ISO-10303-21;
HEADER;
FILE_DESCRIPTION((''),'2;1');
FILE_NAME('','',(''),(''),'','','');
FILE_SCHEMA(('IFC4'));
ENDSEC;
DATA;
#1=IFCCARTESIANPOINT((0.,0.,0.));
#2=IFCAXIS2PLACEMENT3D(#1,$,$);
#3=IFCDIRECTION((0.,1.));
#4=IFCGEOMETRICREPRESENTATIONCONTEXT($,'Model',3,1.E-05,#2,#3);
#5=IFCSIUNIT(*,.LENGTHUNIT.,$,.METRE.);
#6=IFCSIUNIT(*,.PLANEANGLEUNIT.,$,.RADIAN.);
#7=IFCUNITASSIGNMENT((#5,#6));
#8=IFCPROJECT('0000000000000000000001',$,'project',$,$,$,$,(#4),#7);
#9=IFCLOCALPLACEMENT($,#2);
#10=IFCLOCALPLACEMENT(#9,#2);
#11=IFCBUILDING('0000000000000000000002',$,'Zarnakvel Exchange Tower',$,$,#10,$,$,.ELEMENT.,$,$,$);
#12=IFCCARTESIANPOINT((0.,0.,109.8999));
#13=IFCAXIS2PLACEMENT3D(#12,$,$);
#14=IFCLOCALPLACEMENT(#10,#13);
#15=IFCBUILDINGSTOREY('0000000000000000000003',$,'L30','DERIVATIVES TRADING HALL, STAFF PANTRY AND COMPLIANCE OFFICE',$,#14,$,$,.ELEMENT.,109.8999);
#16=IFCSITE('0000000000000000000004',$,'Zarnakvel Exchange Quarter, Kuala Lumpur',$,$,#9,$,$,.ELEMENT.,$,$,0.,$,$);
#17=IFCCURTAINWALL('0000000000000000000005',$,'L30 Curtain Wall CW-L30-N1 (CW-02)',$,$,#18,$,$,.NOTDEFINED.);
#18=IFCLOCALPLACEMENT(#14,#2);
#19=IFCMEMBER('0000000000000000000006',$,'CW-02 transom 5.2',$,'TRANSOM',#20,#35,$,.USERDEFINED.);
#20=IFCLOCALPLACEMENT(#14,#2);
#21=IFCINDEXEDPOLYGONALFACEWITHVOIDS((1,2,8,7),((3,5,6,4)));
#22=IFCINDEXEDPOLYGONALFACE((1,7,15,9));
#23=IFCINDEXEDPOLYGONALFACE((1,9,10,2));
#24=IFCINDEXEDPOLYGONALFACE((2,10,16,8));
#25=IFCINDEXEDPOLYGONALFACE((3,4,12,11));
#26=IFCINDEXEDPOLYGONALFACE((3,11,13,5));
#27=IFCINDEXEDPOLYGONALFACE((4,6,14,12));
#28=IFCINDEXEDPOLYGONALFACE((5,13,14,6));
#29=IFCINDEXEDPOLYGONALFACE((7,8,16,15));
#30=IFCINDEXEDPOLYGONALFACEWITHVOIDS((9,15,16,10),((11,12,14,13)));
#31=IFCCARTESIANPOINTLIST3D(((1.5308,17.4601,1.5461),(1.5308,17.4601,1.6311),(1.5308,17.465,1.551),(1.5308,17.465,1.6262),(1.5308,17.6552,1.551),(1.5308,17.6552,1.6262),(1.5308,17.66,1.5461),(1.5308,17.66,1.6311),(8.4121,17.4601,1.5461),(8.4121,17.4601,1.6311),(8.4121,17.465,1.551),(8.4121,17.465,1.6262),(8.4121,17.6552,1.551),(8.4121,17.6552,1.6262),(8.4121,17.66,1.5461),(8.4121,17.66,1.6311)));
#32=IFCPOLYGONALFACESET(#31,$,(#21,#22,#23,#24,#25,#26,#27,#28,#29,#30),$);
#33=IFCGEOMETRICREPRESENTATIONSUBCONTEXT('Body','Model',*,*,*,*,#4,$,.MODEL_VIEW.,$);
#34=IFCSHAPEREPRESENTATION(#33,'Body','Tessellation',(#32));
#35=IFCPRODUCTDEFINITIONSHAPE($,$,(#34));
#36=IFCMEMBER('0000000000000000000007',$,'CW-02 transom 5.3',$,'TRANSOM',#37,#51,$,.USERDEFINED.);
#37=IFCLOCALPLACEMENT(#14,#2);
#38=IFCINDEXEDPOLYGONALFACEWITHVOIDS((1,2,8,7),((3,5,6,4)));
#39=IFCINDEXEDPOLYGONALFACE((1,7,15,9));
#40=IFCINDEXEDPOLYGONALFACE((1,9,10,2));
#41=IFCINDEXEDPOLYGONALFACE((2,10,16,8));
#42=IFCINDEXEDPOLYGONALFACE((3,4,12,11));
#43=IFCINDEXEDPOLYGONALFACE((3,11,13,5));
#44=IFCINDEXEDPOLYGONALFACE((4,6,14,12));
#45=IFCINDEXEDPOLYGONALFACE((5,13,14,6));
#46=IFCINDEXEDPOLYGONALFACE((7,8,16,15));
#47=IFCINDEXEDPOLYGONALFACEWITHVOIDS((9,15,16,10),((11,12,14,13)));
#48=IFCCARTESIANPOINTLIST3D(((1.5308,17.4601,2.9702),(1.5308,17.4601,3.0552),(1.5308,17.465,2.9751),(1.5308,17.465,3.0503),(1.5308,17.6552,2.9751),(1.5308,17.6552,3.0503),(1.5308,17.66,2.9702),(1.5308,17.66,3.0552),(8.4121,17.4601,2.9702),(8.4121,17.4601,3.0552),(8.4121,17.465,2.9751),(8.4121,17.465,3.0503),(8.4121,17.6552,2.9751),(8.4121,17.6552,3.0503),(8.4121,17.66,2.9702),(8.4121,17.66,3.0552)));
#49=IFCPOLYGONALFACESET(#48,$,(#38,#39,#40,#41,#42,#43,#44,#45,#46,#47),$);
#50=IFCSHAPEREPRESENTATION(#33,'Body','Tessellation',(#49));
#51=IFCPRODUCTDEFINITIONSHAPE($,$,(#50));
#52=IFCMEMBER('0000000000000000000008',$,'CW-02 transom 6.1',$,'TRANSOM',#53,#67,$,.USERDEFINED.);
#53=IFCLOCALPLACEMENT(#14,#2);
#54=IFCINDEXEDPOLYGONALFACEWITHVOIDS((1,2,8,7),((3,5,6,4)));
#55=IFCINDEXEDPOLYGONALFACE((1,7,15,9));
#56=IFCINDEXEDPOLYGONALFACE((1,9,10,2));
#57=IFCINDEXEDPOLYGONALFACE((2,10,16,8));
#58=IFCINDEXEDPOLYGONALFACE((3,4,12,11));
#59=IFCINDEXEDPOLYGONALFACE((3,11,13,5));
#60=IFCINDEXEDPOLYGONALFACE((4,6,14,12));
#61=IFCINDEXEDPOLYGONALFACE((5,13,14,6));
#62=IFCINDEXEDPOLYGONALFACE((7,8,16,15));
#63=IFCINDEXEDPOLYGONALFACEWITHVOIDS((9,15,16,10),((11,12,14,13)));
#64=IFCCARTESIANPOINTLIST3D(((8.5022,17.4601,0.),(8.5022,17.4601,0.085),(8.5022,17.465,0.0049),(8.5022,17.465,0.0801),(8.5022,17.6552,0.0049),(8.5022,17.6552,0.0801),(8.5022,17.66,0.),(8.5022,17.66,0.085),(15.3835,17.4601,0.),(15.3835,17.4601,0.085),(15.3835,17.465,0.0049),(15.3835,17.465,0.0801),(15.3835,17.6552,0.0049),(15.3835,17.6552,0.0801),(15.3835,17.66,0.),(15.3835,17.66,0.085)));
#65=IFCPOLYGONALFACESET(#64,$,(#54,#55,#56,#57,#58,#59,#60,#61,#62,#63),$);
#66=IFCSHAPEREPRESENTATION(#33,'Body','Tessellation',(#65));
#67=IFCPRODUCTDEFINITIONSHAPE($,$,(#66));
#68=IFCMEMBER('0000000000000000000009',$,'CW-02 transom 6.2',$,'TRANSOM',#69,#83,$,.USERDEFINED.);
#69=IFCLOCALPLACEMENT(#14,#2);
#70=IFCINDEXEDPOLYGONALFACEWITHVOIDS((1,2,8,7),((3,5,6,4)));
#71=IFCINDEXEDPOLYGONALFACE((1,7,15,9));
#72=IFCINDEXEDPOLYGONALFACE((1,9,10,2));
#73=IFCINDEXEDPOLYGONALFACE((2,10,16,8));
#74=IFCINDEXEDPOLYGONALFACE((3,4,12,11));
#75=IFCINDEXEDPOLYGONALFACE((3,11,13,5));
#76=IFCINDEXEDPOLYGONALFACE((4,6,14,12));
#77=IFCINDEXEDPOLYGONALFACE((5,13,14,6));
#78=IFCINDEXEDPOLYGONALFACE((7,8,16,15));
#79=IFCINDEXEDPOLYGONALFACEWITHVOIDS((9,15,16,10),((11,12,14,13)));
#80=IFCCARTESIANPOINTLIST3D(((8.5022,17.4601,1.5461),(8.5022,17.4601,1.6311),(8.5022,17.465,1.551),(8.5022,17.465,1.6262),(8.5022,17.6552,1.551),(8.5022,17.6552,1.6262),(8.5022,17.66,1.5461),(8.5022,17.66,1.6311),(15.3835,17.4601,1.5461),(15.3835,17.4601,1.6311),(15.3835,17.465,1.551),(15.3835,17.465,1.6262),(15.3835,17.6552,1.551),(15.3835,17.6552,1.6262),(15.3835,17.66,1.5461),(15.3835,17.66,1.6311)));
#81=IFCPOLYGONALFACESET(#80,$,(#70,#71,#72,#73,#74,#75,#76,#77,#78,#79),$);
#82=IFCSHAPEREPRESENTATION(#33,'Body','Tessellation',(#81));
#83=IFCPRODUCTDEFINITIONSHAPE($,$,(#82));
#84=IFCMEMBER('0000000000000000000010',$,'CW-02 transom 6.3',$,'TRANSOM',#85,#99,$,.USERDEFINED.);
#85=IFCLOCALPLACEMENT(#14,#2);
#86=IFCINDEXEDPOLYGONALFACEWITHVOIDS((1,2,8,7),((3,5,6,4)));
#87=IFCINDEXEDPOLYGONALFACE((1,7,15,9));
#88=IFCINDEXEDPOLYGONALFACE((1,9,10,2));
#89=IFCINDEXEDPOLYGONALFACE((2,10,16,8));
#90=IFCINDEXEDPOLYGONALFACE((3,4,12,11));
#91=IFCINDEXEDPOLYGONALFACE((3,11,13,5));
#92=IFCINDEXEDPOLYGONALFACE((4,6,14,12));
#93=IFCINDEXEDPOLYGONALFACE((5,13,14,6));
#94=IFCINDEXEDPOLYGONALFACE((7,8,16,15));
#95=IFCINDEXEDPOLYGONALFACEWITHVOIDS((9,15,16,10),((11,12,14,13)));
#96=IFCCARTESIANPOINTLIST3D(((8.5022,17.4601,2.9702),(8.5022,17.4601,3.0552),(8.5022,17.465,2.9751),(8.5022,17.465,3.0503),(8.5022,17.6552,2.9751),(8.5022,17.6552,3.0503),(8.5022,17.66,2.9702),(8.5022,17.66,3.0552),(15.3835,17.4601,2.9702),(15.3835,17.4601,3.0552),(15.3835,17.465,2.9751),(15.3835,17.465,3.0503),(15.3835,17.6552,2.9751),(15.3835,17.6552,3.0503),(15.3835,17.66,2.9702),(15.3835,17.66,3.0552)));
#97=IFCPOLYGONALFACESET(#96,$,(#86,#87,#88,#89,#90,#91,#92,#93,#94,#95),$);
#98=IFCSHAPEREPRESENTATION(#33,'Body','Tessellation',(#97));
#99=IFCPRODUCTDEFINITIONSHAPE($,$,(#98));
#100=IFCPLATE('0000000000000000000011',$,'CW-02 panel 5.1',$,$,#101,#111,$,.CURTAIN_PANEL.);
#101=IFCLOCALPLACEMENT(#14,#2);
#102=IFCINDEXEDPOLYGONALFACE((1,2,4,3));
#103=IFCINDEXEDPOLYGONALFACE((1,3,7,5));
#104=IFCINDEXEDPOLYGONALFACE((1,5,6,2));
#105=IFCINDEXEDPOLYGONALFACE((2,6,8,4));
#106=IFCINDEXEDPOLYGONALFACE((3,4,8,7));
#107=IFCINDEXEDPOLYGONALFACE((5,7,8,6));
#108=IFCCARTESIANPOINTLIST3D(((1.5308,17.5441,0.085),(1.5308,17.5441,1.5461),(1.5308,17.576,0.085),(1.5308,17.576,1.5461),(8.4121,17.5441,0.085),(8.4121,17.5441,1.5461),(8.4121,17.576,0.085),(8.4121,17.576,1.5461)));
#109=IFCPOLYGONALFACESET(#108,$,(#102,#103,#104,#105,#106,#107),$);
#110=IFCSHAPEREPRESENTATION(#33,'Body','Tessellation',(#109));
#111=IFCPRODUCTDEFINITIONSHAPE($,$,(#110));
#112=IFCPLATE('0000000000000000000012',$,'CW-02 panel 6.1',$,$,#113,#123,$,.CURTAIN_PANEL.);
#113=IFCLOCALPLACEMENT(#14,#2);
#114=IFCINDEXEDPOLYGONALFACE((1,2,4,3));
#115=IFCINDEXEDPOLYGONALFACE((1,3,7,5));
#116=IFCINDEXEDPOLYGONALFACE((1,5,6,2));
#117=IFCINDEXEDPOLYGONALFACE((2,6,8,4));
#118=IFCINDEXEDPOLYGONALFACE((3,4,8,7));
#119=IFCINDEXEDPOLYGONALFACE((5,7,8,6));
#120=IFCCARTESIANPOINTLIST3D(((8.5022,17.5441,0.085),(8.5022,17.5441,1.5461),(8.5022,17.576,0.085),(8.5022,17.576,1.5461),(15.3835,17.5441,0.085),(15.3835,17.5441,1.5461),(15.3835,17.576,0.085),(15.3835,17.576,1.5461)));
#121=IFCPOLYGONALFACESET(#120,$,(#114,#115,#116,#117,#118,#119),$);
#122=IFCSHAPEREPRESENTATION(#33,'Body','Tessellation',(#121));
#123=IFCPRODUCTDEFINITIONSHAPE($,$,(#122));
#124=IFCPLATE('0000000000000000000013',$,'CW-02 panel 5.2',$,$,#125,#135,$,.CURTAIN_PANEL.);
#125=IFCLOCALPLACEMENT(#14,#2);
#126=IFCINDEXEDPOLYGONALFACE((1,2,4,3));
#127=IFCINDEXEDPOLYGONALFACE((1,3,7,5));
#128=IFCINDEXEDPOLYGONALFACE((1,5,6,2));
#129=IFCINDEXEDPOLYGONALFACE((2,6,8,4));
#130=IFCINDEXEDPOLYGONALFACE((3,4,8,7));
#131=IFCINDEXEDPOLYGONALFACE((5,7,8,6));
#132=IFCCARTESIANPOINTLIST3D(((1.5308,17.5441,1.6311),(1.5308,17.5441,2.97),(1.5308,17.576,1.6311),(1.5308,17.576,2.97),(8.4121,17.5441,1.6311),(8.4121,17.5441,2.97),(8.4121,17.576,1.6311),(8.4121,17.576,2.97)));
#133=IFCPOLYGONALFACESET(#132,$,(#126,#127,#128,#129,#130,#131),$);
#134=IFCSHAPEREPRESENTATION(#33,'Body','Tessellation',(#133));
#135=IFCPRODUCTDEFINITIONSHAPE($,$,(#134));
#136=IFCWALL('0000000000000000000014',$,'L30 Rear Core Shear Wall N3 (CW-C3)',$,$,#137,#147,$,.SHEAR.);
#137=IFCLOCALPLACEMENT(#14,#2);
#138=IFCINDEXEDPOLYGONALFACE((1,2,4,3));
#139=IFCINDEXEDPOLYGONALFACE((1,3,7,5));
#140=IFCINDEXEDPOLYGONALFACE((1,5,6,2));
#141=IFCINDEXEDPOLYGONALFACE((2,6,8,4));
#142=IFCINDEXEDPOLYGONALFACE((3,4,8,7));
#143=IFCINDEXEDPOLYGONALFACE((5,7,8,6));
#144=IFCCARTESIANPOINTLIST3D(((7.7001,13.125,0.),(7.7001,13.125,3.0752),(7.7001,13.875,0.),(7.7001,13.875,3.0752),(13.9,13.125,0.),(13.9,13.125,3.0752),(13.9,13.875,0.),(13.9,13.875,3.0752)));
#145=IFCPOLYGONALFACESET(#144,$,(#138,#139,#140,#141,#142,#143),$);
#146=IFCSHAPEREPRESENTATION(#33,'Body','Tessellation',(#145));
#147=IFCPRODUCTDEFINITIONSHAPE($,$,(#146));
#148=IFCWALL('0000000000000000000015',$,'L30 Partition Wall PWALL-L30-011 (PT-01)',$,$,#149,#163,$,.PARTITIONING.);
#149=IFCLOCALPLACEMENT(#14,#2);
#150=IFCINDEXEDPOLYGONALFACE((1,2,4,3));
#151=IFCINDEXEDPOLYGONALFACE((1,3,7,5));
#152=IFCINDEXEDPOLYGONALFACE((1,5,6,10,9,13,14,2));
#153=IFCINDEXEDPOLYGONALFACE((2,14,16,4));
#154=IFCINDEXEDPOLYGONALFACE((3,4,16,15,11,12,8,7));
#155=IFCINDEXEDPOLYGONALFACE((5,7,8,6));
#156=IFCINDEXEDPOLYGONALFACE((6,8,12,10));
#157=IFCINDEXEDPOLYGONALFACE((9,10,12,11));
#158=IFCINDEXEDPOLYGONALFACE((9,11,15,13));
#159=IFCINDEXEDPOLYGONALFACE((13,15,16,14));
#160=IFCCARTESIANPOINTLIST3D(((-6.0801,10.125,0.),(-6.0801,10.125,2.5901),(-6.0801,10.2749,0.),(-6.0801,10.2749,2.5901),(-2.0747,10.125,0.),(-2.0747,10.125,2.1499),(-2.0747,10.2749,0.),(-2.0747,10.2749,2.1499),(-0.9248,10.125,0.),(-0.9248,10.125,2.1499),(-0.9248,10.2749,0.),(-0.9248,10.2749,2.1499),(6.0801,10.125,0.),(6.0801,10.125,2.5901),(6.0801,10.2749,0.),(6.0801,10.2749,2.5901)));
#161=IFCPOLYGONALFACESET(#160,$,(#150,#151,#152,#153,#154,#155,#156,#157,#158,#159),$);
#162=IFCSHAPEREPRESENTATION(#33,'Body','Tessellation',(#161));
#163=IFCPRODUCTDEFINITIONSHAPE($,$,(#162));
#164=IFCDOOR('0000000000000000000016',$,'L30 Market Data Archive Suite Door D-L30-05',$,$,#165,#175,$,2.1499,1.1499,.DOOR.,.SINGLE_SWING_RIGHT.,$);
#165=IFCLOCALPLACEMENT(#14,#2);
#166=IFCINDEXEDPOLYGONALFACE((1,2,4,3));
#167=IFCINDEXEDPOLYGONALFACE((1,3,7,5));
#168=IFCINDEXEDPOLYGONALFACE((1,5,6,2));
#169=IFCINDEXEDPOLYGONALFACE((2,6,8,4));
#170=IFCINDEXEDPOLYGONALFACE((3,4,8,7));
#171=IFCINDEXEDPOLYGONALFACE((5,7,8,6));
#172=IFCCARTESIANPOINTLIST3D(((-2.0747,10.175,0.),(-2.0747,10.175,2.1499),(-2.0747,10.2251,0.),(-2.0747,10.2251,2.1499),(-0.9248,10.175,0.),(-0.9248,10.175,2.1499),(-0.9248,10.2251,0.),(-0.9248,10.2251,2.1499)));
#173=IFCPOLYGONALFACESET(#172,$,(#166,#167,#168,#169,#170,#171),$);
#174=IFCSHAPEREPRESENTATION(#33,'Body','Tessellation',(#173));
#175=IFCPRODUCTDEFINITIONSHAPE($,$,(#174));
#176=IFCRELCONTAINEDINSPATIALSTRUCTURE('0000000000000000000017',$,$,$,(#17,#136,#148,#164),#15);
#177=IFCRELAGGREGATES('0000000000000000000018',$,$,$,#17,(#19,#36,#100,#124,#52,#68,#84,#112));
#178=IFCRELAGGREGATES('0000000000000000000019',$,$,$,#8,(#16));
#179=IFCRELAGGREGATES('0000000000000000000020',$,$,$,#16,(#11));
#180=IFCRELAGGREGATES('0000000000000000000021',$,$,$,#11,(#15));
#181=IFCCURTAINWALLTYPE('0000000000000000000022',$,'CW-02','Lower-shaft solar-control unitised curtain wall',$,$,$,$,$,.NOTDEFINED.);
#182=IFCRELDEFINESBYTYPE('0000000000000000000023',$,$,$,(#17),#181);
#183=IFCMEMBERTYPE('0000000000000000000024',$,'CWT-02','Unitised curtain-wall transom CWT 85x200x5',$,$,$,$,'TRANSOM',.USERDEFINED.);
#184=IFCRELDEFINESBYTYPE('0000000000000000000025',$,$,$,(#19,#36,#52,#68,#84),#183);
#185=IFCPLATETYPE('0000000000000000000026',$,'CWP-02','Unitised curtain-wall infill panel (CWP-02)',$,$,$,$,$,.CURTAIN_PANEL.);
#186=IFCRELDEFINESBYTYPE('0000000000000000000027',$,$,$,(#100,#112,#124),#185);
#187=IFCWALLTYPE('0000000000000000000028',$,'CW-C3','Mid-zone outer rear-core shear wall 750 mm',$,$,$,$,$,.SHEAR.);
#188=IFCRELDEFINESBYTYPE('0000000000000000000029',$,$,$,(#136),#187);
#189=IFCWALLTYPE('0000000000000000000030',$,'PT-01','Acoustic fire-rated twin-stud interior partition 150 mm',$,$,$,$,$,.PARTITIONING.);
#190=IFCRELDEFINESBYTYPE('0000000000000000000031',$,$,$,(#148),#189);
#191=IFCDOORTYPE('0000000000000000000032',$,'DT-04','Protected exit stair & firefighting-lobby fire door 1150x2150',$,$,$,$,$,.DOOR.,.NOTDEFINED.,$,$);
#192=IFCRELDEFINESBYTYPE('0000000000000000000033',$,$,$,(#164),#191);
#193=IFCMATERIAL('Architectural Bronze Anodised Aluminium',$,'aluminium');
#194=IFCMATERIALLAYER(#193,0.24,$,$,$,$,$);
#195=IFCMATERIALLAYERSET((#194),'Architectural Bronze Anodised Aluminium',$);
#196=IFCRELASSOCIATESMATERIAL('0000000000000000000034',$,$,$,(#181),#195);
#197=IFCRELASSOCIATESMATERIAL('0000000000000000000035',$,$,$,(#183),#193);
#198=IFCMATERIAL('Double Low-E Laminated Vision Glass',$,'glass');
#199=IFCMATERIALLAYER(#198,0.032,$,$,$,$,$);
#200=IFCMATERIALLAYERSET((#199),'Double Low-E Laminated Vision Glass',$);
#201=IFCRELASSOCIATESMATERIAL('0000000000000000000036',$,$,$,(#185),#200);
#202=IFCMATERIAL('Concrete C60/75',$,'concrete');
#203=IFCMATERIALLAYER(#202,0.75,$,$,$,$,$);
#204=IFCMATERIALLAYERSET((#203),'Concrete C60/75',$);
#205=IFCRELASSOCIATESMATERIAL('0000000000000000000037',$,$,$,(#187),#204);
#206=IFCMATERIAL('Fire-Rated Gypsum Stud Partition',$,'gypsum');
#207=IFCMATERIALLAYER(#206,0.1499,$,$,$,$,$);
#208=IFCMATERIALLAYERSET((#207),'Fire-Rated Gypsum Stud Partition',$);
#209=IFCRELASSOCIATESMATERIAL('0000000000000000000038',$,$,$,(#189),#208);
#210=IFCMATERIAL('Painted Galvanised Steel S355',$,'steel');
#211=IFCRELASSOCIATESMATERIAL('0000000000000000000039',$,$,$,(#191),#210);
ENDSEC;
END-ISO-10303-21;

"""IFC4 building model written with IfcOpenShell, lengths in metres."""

from ifc_helpers import new_model, si_unit, direction, frame, frame_2d, origin, origin_2d, place, context, subcontext, project, spatial, rectangle, hollow_rectangle, extrude, source, transform, mapped, material, layer, layer_set, material_profile, profile_set, type_object, element, fill, aggregate, save


model = new_model("IFC4")

# Units and contexts
model_context = context("Model", 3, precision=1e-05, world=origin(), true_north=direction((0.0, 1.0)))
body_context = subcontext(model_context, "Body", "Model", "MODEL_VIEW")
ifc_project = project(units=[si_unit("LENGTHUNIT", "METRE"), si_unit("PLANEANGLEUNIT", "RADIAN")], contexts=[model_context])

# Site, building, storey
site_placement = place(None, origin())
site = spatial("IfcSite", under=ifc_project, at=site_placement, Name="Zarnakvel Exchange Quarter, Kuala Lumpur", CompositionType="ELEMENT", RefElevation=0.0)
building_placement = place(site_placement, origin())
building = spatial("IfcBuilding", under=site, at=building_placement, Name="Zarnakvel Exchange Tower", CompositionType="ELEMENT")
storey_placement = place(building_placement, frame((0.0, 0.0, 109.8999)))
storey = spatial("IfcBuildingStorey", under=building, at=storey_placement, Name="L30", Description="DERIVATIVES TRADING HALL, STAFF PANTRY AND COMPLIANCE OFFICE", CompositionType="ELEMENT", Elevation=109.8999)

# Shared definitions
ifc_material_1 = material(Name="Concrete C60/75", Category="concrete")

# Curtain wall, members, plates
ifc_material_2 = material(Name="Architectural Bronze Anodised Aluminium", Category="aluminium")
ifc_layer_1 = layer(ifc_material_2, 0.24)
ifc_layer_set_1 = layer_set([ifc_layer_1], Name="Architectural Bronze Anodised Aluminium")
curtain_wall_type = type_object("IfcCurtainWallType", Name="CW-02", Description="Lower-shaft solar-control unitised curtain wall", PredefinedType="NOTDEFINED", material=ifc_layer_set_1)
curtain_wall_placement = place(storey_placement, origin())
curtain_wall = element("IfcCurtainWall", 1, at=curtain_wall_placement, inside=storey, type_object=curtain_wall_type, Name="L30 Curtain Wall CW-L30-N1 (CW-02)", PredefinedType="NOTDEFINED")
ifc_material_profile_1 = material_profile(ifc_material_2, hollow_rectangle(XDim=0.2, YDim=0.085, WallThickness=0.0049, at=origin_2d()))
ifc_profile_set_1 = profile_set([ifc_material_profile_1], Name="Architectural Bronze Anodised Aluminium")
member_type_1 = type_object("IfcMemberType", Name="CWT-02", Description="Unitised curtain-wall transom CWT 85x200x5", ElementType="TRANSOM", PredefinedType="USERDEFINED", material=ifc_profile_set_1)
shared_shape_1 = source(origin(), body_context, "Body", "SweptSolid", [
    extrude(hollow_rectangle(XDim=0.2, YDim=0.085, WallThickness=0.0049, at=origin_2d()), origin(), (0.0, 0.0, 1.0), 6.8813),
])
member_1_placement = place(storey_placement, frame((1.5308, 17.5601, 1.5886), z_axis=(1.0, 0.0, 0.0), x_axis=(0.0, 1.0, 0.0)))
member_1 = element("IfcMember", 2, at=member_1_placement, type_object=member_type_1, Name="CW-02 transom 5.2", ObjectType="TRANSOM", PredefinedType="USERDEFINED", context=body_context, shape_type="MappedRepresentation", body=[
    mapped(shared_shape_1, transform((0.0, 0.0, 0.0), x_axis=(1.0, 0.0, 0.0), y_axis=(0.0, 1.0, 0.0), z_axis=(0.0, 0.0, 1.0), scale=1.0)),
])
member_2_placement = place(storey_placement, frame((1.5308, 17.5601, 3.0127), z_axis=(1.0, 0.0, 0.0), x_axis=(0.0, 1.0, 0.0)))
member_2 = element("IfcMember", 3, at=member_2_placement, type_object=member_type_1, Name="CW-02 transom 5.3", ObjectType="TRANSOM", PredefinedType="USERDEFINED", context=body_context, shape_type="MappedRepresentation", body=[
    mapped(shared_shape_1, transform((0.0, 0.0, 0.0), x_axis=(1.0, 0.0, 0.0), y_axis=(0.0, 1.0, 0.0), z_axis=(0.0, 0.0, 1.0), scale=1.0)),
])
member_3_placement = place(storey_placement, frame((8.5022, 17.5601, 0.0425), z_axis=(1.0, 0.0, 0.0), x_axis=(0.0, 1.0, 0.0)))
member_3 = element("IfcMember", 4, at=member_3_placement, type_object=member_type_1, Name="CW-02 transom 6.1", ObjectType="TRANSOM", PredefinedType="USERDEFINED", context=body_context, shape_type="MappedRepresentation", body=[
    mapped(shared_shape_1, transform((0.0, 0.0, 0.0), x_axis=(1.0, 0.0, 0.0), y_axis=(0.0, 1.0, 0.0), z_axis=(0.0, 0.0, 1.0), scale=1.0)),
])
member_4_placement = place(storey_placement, frame((8.5022, 17.5601, 1.5886), z_axis=(1.0, 0.0, 0.0), x_axis=(0.0, 1.0, 0.0)))
member_4 = element("IfcMember", 5, at=member_4_placement, type_object=member_type_1, Name="CW-02 transom 6.2", ObjectType="TRANSOM", PredefinedType="USERDEFINED", context=body_context, shape_type="MappedRepresentation", body=[
    mapped(shared_shape_1, transform((0.0, 0.0, 0.0), x_axis=(1.0, 0.0, 0.0), y_axis=(0.0, 1.0, 0.0), z_axis=(0.0, 0.0, 1.0), scale=1.0)),
])
member_5_placement = place(storey_placement, frame((8.5022, 17.5601, 3.0127), z_axis=(1.0, 0.0, 0.0), x_axis=(0.0, 1.0, 0.0)))
member_5 = element("IfcMember", 6, at=member_5_placement, type_object=member_type_1, Name="CW-02 transom 6.3", ObjectType="TRANSOM", PredefinedType="USERDEFINED", context=body_context, shape_type="MappedRepresentation", body=[
    mapped(shared_shape_1, transform((0.0, 0.0, 0.0), x_axis=(1.0, 0.0, 0.0), y_axis=(0.0, 1.0, 0.0), z_axis=(0.0, 0.0, 1.0), scale=1.0)),
])
ifc_material_3 = material(Name="Double Low-E Laminated Vision Glass", Category="glass")
ifc_layer_2 = layer(ifc_material_3, 0.032)
ifc_layer_set_2 = layer_set([ifc_layer_2], Name="Double Low-E Laminated Vision Glass")
plate_type = type_object("IfcPlateType", Name="CWP-02", Description="Unitised curtain-wall infill panel (CWP-02)", PredefinedType="CURTAIN_PANEL", material=ifc_layer_set_2)
shared_shape_2 = source(origin(), body_context, "Body", "SweptSolid", [
    extrude(rectangle(XDim=6.8813, YDim=0.032, at=origin_2d()), origin(), (0.0, 0.0, 1.0), 1.4612),
])
plate_1_placement = place(storey_placement, frame((4.9714, 17.5601, 0.085), z_axis=(0.0, 0.0, 1.0), x_axis=(1.0, 0.0, 0.0)))
plate_1 = element("IfcPlate", 7, at=plate_1_placement, type_object=plate_type, Name="CW-02 panel 5.1", PredefinedType="CURTAIN_PANEL", context=body_context, shape_type="MappedRepresentation", body=[
    mapped(shared_shape_2, transform((0.0, 0.0, 0.0), x_axis=(1.0, 0.0, 0.0), y_axis=(0.0, 1.0, 0.0), z_axis=(0.0, 0.0, 1.0), scale=1.0)),
])
plate_2_placement = place(storey_placement, frame((11.9429, 17.5601, 0.085), z_axis=(0.0, 0.0, 1.0), x_axis=(1.0, 0.0, 0.0)))
plate_2 = element("IfcPlate", 8, at=plate_2_placement, type_object=plate_type, Name="CW-02 panel 6.1", PredefinedType="CURTAIN_PANEL", context=body_context, shape_type="MappedRepresentation", body=[
    mapped(shared_shape_2, transform((0.0, 0.0, 0.0), x_axis=(1.0, 0.0, 0.0), y_axis=(0.0, 1.0, 0.0), z_axis=(0.0, 0.0, 1.0), scale=1.0)),
])
shared_shape_3 = source(origin(), body_context, "Body", "SweptSolid", [
    extrude(rectangle(XDim=6.8813, YDim=0.032, at=origin_2d()), origin(), (0.0, 0.0, 1.0), 1.3389),
])
plate_3_placement = place(storey_placement, frame((4.9714, 17.5601, 1.6311), z_axis=(0.0, 0.0, 1.0), x_axis=(1.0, 0.0, 0.0)))
plate_3 = element("IfcPlate", 9, at=plate_3_placement, type_object=plate_type, Name="CW-02 panel 5.2", PredefinedType="CURTAIN_PANEL", context=body_context, shape_type="MappedRepresentation", body=[
    mapped(shared_shape_3, transform((0.0, 0.0, 0.0), x_axis=(1.0, 0.0, 0.0), y_axis=(0.0, 1.0, 0.0), z_axis=(0.0, 0.0, 1.0), scale=1.0)),
])
aggregate(curtain_wall, [member_1, member_2, plate_1, plate_3, member_3, member_4, member_5, plate_2])

# Wall
ifc_layer_3 = layer(ifc_material_1, 0.75)
ifc_layer_set_3 = layer_set([ifc_layer_3], Name="Concrete C60/75")
wall_type_1 = type_object("IfcWallType", Name="CW-C3", Description="Mid-zone outer rear-core shear wall 750 mm", PredefinedType="SHEAR", material=ifc_layer_set_3)
wall_1_placement = place(storey_placement, frame((7.7, 13.5, 0.0), z_axis=(0.0, 0.0, 1.0), x_axis=(1.0, 0.0, 0.0)))
element("IfcWall", 10, at=wall_1_placement, inside=storey, type_object=wall_type_1, Name="L30 Rear Core Shear Wall N3 (CW-C3)", PredefinedType="SHEAR", context=body_context, shape_type="SweptSolid", body=[
    extrude(rectangle(XDim=6.2, YDim=0.75, at=frame_2d((3.1001, 0.0))), origin(), (0.0, 0.0, 1.0), 3.0752),
])

# Wall, opening, door
ifc_material_4 = material(Name="Fire-Rated Gypsum Stud Partition", Category="gypsum")
ifc_layer_4 = layer(ifc_material_4, 0.1499)
ifc_layer_set_4 = layer_set([ifc_layer_4], Name="Fire-Rated Gypsum Stud Partition")
wall_type_2 = type_object("IfcWallType", Name="PT-01", Description="Acoustic fire-rated twin-stud interior partition 150 mm", PredefinedType="PARTITIONING", material=ifc_layer_set_4)
wall_2_placement = place(storey_placement, frame((6.0801, 10.2, 0.0), z_axis=(0.0, 0.0, 1.0), x_axis=(-1.0, 0.0, 0.0)))
wall_2 = element("IfcWall", 11, at=wall_2_placement, inside=storey, type_object=wall_type_2, Name="L30 Partition Wall PWALL-L30-011 (PT-01)", PredefinedType="PARTITIONING", context=body_context, shape_type="SweptSolid", body=[
    extrude(rectangle(XDim=12.1602, YDim=0.1499, at=frame_2d((6.0801, 0.0))), origin(), (0.0, 0.0, 1.0), 2.5901),
])
opening_placement = place(wall_2_placement, frame((7.0049, 0.0, 0.0)))
opening = element("IfcOpeningElement", 12, at=opening_placement, cuts=wall_2, PredefinedType="OPENING", context=body_context, shape_type="SweptSolid", body=[
    extrude(rectangle(XDim=1.1499, YDim=2.1499, at=frame_2d((0.575, 1.075))), frame((0.0, 0.085, 0.0), z_axis=(0.0, -1.0, 0.0), x_axis=(1.0, 0.0, 0.0)), (0.0, 0.0, 1.0), 0.1699),
])
ifc_material_5 = material(Name="Painted Galvanised Steel S355", Category="steel")
door_type = type_object("IfcDoorType", Name="DT-04", Description="Protected exit stair & firefighting-lobby fire door 1150x2150", OperationType="NOTDEFINED", PredefinedType="DOOR", material=ifc_material_5)
shared_shape_4 = source(origin(), body_context, "Body", "SweptSolid", [
    extrude(rectangle(XDim=1.1499, YDim=2.1499, at=frame_2d((0.575, 1.075))), frame((0.0, 0.0249, 0.0), z_axis=(0.0, -1.0, 0.0), x_axis=(1.0, 0.0, 0.0)), (0.0, 0.0, 1.0), 0.05),
])
door_placement = place(opening_placement, origin())
door = element("IfcDoor", 13, at=door_placement, inside=storey, type_object=door_type, Name="L30 Market Data Archive Suite Door D-L30-05", OperationType="SINGLE_SWING_RIGHT", OverallHeight=2.1499, OverallWidth=1.1499, PredefinedType="DOOR", context=body_context, shape_type="MappedRepresentation", body=[
    mapped(shared_shape_4, transform((0.0, 0.0, 0.0), x_axis=(1.0, 0.0, 0.0), y_axis=(0.0, 1.0, 0.0), z_axis=(0.0, 0.0, 1.0), scale=1.0)),
])
fill(opening, door)

save(model, "model.ifc")
